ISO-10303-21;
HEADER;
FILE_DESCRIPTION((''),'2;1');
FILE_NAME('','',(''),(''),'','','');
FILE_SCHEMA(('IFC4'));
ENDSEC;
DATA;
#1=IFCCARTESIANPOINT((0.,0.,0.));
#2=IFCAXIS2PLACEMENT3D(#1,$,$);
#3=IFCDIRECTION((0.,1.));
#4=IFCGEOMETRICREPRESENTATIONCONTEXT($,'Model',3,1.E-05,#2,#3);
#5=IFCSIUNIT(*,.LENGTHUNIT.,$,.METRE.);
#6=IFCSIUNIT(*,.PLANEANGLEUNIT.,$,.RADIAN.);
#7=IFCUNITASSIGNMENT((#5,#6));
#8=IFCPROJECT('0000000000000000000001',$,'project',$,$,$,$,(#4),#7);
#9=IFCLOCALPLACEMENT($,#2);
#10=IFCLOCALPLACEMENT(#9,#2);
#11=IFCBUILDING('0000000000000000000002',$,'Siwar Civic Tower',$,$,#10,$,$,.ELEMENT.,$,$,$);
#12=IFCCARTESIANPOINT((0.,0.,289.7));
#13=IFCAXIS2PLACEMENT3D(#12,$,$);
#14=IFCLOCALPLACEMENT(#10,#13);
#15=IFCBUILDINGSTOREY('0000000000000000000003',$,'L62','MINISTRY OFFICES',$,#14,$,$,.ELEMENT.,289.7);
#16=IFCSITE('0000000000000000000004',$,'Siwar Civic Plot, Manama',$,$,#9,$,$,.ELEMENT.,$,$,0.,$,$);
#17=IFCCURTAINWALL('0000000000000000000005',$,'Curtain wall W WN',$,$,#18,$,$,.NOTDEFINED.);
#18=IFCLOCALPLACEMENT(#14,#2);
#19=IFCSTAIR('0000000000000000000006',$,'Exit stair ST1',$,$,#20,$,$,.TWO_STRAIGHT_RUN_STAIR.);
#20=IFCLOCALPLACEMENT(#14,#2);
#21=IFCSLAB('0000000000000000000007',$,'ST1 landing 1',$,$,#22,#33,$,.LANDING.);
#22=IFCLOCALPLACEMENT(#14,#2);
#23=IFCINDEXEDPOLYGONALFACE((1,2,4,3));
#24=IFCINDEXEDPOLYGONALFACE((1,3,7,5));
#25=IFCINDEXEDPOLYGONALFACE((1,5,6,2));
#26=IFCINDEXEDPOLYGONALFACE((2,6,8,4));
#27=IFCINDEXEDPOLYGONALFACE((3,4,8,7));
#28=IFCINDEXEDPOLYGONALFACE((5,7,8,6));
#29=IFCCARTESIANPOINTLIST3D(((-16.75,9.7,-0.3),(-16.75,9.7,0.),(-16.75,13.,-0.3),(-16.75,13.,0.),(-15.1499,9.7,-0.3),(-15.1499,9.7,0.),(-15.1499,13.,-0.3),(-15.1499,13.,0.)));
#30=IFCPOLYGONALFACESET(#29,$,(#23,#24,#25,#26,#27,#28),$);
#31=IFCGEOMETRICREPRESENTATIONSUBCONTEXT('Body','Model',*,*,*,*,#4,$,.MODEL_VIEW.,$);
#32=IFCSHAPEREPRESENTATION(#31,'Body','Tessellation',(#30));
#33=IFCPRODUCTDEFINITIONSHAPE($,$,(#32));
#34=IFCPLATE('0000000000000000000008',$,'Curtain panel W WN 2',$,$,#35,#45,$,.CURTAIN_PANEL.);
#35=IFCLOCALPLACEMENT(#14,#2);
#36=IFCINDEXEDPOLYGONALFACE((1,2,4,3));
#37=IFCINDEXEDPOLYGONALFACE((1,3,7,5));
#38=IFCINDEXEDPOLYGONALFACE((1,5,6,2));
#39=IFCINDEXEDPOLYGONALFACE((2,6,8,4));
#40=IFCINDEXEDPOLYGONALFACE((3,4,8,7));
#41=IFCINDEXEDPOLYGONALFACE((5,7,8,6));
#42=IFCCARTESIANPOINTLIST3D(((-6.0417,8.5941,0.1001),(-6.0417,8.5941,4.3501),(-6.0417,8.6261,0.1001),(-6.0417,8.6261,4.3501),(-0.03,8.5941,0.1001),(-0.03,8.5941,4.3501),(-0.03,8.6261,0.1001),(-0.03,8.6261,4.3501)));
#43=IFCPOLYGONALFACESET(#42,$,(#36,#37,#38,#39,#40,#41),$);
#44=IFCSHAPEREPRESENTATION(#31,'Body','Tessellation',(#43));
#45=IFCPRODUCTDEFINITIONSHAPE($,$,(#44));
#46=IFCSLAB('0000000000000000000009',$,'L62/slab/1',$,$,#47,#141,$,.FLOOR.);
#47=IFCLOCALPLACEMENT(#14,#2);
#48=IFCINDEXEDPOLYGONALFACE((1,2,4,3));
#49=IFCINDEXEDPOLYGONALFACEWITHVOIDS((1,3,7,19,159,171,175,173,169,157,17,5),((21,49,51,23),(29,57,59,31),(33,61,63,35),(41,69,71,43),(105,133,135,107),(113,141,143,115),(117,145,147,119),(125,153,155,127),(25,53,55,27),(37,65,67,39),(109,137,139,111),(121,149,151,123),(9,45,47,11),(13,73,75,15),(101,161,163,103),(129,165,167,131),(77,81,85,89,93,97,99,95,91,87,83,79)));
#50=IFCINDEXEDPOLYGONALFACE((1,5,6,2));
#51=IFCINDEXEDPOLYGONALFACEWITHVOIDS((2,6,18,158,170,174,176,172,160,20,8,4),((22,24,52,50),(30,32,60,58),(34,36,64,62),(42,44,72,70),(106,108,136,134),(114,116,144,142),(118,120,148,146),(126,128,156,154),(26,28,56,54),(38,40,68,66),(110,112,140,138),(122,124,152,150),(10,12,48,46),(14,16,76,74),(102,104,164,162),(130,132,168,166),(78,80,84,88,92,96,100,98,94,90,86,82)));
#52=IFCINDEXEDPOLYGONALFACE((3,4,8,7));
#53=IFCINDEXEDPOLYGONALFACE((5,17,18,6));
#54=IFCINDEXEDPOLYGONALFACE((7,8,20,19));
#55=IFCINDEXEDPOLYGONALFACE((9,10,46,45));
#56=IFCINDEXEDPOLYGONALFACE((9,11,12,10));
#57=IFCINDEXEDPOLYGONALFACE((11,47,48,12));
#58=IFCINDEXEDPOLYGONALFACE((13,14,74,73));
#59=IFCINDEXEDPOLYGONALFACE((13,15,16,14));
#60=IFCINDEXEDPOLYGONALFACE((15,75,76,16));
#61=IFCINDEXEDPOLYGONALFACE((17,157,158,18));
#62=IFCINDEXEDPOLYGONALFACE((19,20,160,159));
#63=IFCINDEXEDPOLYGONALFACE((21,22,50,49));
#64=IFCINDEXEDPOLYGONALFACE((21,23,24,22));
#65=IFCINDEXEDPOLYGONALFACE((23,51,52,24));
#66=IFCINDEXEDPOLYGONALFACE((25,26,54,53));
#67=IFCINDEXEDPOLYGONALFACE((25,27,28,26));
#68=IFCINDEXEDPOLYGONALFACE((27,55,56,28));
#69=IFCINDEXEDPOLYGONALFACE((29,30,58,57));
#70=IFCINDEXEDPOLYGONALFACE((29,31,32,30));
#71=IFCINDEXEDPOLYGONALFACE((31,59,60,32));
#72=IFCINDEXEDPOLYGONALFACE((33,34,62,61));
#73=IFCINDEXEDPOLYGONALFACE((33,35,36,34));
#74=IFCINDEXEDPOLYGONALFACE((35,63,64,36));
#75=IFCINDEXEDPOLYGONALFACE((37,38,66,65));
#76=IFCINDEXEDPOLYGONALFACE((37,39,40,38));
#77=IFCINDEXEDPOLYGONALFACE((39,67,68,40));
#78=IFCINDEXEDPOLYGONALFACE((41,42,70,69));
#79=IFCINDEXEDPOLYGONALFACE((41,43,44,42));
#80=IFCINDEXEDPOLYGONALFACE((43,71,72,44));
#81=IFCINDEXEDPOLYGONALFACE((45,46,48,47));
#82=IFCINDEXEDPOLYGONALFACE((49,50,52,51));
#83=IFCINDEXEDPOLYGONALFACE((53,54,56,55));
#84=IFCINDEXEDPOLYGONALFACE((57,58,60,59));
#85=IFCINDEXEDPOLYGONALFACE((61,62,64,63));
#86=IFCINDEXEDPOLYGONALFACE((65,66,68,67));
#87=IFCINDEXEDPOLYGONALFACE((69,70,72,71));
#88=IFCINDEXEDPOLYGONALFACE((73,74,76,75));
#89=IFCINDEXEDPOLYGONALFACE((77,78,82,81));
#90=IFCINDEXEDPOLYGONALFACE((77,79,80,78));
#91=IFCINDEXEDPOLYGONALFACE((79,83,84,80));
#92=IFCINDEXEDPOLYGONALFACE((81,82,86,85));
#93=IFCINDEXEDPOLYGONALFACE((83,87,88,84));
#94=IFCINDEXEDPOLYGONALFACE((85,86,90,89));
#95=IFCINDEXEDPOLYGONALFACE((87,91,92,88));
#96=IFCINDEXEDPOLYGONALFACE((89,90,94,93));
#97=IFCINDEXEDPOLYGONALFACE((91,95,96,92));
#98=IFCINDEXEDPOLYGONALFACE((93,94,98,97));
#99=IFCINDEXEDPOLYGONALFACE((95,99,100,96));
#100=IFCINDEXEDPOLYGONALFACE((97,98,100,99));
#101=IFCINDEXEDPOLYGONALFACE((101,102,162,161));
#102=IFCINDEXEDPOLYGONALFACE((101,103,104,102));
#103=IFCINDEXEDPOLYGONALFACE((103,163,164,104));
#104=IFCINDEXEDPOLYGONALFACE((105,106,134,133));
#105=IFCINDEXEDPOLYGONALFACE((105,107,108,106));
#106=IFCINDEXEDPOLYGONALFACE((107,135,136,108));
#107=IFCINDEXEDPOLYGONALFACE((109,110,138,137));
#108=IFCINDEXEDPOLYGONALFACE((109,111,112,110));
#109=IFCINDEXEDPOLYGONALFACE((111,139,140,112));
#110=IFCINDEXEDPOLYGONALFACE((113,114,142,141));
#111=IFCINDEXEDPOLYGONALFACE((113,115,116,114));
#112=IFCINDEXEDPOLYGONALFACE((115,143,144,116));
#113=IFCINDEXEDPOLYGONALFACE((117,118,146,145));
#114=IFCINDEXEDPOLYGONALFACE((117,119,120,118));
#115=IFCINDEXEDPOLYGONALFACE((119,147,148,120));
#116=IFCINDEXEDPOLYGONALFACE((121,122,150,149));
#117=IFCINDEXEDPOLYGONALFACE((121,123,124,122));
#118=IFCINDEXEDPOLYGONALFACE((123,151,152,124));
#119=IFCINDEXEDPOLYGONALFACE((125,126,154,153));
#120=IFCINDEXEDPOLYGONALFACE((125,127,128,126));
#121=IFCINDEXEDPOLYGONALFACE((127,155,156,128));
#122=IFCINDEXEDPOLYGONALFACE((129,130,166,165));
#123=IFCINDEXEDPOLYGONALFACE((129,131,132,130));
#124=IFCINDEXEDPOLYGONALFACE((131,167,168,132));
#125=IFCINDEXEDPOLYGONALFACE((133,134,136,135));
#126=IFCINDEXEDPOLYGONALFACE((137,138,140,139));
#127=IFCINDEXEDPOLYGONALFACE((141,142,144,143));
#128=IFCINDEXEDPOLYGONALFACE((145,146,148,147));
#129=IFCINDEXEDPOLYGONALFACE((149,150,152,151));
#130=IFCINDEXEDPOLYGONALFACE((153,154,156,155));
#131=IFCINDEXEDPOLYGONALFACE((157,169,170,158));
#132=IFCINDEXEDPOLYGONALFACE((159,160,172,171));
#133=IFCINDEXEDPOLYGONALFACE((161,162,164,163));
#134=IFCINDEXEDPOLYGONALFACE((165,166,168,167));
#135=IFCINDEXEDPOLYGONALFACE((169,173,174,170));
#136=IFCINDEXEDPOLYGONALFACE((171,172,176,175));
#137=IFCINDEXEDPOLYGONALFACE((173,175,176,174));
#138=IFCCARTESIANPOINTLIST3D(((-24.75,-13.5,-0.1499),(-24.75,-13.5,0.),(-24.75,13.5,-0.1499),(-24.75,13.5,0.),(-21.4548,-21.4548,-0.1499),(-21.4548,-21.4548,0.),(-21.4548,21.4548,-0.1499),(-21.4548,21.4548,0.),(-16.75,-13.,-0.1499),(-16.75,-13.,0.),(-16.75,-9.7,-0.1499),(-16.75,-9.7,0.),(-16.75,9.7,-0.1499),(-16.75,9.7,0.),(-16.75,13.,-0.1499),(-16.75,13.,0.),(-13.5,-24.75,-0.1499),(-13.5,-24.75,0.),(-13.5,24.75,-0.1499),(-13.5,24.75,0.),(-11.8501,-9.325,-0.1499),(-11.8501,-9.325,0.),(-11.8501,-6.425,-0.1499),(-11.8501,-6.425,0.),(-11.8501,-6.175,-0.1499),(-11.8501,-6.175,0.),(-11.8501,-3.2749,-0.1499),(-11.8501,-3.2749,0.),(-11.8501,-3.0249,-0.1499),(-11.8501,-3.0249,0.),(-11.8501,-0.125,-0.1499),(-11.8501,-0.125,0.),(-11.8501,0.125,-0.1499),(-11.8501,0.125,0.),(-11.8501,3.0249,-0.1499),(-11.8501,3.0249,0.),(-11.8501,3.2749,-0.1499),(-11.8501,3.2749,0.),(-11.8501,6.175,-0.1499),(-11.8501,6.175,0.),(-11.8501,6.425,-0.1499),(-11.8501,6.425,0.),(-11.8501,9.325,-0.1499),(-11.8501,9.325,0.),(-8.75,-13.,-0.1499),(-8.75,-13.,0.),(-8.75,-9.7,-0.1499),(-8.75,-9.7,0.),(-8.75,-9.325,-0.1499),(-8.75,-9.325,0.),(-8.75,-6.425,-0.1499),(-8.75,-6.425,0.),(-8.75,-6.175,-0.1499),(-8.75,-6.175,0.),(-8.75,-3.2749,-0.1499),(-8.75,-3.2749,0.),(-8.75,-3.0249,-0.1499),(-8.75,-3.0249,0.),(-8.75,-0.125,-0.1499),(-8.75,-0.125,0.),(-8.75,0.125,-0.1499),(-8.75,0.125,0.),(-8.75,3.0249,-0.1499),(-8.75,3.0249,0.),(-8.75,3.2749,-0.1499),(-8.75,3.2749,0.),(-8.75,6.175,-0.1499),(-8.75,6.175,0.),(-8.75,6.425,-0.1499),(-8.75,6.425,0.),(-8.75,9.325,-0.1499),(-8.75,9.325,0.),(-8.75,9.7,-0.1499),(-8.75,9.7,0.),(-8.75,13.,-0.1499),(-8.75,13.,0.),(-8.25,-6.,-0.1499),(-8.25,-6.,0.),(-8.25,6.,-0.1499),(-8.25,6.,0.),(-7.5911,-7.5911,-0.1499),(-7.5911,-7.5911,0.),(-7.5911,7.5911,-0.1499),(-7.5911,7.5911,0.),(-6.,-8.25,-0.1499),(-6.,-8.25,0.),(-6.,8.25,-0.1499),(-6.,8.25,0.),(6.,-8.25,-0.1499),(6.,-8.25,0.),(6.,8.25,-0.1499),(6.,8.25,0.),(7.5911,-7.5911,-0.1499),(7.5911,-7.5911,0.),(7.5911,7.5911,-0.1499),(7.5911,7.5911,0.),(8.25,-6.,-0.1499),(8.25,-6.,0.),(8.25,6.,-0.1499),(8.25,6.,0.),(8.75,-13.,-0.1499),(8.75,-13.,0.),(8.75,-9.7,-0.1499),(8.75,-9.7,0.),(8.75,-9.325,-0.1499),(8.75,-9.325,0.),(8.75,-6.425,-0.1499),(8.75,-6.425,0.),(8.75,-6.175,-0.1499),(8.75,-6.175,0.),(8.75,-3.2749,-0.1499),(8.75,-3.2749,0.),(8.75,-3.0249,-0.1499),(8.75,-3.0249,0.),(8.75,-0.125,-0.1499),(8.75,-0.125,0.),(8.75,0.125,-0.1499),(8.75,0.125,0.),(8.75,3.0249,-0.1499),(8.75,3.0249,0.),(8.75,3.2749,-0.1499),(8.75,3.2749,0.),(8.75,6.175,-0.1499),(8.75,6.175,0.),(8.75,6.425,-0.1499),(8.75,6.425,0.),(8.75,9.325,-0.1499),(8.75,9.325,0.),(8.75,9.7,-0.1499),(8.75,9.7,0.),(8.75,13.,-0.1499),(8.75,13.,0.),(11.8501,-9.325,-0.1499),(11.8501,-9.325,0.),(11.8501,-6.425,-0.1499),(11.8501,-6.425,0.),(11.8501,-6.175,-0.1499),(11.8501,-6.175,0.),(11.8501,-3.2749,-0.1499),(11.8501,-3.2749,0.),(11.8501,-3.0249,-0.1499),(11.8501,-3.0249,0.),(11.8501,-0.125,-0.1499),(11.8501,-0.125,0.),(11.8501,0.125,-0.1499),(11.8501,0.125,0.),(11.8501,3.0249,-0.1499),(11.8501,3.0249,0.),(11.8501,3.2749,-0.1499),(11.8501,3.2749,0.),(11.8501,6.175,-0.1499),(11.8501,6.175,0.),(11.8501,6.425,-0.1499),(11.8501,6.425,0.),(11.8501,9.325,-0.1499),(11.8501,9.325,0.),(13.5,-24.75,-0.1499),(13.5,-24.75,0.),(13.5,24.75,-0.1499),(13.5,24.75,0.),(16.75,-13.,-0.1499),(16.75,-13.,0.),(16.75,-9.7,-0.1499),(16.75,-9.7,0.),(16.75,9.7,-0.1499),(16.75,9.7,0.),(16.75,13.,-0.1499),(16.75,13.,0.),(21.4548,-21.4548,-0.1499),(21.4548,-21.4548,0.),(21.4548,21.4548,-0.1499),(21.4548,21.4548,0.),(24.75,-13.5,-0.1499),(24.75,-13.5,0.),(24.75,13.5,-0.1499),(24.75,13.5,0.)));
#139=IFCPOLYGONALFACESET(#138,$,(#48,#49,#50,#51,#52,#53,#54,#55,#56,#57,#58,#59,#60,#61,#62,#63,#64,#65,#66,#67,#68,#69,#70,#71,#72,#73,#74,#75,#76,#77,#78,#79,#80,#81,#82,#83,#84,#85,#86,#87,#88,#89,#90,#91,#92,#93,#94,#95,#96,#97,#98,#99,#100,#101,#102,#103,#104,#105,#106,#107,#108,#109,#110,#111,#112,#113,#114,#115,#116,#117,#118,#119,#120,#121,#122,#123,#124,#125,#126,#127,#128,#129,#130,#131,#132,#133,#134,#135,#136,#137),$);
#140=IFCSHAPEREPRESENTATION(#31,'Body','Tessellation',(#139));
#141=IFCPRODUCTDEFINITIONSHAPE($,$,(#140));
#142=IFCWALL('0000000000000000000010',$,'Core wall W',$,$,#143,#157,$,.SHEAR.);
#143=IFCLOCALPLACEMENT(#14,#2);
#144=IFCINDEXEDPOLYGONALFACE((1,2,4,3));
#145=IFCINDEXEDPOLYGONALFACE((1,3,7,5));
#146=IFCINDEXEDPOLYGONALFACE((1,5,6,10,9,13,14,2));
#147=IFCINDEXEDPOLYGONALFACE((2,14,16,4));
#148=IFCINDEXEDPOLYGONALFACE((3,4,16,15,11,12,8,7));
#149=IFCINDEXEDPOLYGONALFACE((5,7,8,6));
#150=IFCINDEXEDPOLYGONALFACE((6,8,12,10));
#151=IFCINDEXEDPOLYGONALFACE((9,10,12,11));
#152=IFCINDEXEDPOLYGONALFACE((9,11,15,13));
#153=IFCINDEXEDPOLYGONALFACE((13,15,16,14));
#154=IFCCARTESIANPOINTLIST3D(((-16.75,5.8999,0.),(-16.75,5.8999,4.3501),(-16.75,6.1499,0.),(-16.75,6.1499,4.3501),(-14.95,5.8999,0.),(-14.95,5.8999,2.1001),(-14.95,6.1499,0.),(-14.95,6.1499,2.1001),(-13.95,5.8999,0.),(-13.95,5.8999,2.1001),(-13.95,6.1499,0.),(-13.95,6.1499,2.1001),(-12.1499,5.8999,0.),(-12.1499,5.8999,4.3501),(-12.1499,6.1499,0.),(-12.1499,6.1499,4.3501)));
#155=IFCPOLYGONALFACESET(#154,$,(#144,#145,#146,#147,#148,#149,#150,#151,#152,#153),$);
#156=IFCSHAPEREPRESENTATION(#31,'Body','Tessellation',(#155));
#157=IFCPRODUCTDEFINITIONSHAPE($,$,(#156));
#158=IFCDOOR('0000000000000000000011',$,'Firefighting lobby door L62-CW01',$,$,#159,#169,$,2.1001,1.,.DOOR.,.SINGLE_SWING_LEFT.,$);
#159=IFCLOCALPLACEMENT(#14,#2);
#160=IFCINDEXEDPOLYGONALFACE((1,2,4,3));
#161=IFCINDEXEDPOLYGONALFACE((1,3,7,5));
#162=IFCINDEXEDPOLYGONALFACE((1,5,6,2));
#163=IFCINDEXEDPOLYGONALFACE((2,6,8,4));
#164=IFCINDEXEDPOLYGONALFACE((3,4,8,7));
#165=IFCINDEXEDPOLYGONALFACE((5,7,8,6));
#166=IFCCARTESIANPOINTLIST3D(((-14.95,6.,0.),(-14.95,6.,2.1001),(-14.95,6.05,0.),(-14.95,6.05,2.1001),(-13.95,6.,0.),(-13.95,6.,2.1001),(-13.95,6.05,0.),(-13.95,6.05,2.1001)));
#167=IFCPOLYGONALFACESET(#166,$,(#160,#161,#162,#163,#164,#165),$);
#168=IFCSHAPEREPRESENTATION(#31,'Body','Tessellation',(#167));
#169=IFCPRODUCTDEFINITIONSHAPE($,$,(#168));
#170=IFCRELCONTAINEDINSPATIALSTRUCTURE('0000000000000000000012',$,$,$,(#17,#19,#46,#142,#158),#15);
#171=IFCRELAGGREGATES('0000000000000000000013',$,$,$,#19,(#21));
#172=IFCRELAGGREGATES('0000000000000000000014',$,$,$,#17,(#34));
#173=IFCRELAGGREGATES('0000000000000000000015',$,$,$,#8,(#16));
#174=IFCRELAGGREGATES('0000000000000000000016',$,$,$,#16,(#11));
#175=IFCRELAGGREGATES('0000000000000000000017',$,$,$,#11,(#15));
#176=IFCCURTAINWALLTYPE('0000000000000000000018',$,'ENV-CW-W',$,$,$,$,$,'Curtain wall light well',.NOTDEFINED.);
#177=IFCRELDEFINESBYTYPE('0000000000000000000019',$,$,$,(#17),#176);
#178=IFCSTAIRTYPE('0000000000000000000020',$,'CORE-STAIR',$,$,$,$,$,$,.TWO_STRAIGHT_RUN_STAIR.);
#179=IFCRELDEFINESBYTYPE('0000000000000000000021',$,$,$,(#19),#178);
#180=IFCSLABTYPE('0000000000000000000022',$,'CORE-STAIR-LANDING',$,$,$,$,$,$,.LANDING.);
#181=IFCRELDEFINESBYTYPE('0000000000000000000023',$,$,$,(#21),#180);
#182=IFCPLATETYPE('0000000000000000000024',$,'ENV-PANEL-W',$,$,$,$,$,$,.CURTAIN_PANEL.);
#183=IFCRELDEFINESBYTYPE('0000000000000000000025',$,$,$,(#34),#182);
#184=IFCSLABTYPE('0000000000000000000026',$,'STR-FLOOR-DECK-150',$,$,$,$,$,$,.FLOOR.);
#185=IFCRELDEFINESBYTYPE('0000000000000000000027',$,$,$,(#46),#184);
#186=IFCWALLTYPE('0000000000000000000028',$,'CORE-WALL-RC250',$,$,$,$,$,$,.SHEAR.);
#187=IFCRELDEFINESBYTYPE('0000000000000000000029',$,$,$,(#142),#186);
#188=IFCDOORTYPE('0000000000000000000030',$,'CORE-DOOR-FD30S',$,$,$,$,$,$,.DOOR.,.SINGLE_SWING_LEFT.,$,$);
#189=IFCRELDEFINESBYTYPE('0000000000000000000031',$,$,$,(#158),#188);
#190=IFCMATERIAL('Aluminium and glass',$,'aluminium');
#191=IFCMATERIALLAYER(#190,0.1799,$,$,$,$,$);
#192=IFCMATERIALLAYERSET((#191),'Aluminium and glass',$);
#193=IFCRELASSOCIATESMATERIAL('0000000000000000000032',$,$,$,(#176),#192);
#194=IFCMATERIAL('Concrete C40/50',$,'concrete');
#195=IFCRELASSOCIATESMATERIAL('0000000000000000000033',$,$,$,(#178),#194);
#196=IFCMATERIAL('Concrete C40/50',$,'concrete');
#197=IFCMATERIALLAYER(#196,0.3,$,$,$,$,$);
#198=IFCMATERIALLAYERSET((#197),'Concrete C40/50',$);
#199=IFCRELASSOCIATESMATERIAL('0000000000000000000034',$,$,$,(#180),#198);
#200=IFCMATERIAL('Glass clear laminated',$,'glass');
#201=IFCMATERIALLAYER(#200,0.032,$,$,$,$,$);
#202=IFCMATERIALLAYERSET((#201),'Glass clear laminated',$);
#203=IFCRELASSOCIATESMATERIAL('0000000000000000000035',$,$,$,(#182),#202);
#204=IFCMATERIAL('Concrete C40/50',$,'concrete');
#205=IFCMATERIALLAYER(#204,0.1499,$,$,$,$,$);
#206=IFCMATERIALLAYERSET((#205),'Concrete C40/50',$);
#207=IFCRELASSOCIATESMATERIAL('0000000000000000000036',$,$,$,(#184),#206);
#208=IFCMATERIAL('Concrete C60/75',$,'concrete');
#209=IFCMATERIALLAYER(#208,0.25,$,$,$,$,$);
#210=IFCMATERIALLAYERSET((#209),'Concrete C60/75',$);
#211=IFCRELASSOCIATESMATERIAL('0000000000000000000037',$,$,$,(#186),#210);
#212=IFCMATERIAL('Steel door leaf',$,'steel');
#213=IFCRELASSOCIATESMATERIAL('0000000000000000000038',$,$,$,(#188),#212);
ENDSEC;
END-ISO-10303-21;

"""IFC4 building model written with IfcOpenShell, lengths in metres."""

from ifc_helpers import new_model, si_unit, direction, frame, frame_2d, origin, origin_2d, place, context, subcontext, project, spatial, polyline, rectangle, outline, extrude, material, layer, layer_set, type_object, element, fill, aggregate, save


model = new_model("IFC4")

# Units and contexts
model_context = context("Model", 3, precision=1e-05, world=origin(), true_north=direction((0.0, 1.0)))
body_context = subcontext(model_context, "Body", "Model", "MODEL_VIEW")
ifc_project = project(units=[si_unit("LENGTHUNIT", "METRE"), si_unit("PLANEANGLEUNIT", "RADIAN")], contexts=[model_context])

# Site, building, storey
site_placement = place(None, origin())
site = spatial("IfcSite", under=ifc_project, at=site_placement, Name="Siwar Civic Plot, Manama", CompositionType="ELEMENT", RefElevation=0.0)
building_placement = place(site_placement, origin())
building = spatial("IfcBuilding", under=site, at=building_placement, Name="Siwar Civic Tower", CompositionType="ELEMENT")
storey_placement = place(building_placement, frame((0.0, 0.0, 289.7)))
storey = spatial("IfcBuildingStorey", under=building, at=storey_placement, Name="L62", Description="MINISTRY OFFICES", CompositionType="ELEMENT", Elevation=289.7)

# Curtain wall
ifc_material_1 = material(Name="Aluminium and glass", Category="aluminium")
ifc_layer_1 = layer(ifc_material_1, 0.1799)
ifc_layer_set_1 = layer_set([ifc_layer_1], Name="Aluminium and glass")
curtain_wall_type = type_object("IfcCurtainWallType", Name="ENV-CW-W", ElementType="Curtain wall light well", PredefinedType="NOTDEFINED", material=ifc_layer_set_1)
curtain_wall_placement = place(storey_placement, origin())
curtain_wall = element("IfcCurtainWall", 1, at=curtain_wall_placement, inside=storey, type_object=curtain_wall_type, Name="Curtain wall W WN", PredefinedType="NOTDEFINED")

# Stair, slab
ifc_material_2 = material(Name="Concrete C40/50", Category="concrete")
stair_type = type_object("IfcStairType", Name="CORE-STAIR", PredefinedType="TWO_STRAIGHT_RUN_STAIR", material=ifc_material_2)
stair_placement = place(storey_placement, origin())
stair = element("IfcStair", 2, at=stair_placement, inside=storey, type_object=stair_type, Name="Exit stair ST1", PredefinedType="TWO_STRAIGHT_RUN_STAIR")
ifc_material_3 = material(Name="Concrete C40/50", Category="concrete")
ifc_layer_2 = layer(ifc_material_3, 0.3)
ifc_layer_set_2 = layer_set([ifc_layer_2], Name="Concrete C40/50")
slab_type_1 = type_object("IfcSlabType", Name="CORE-STAIR-LANDING", PredefinedType="LANDING", material=ifc_layer_set_2)
slab_1_placement = place(storey_placement, frame((0.0, 0.0, -0.3)))
slab_1 = element("IfcSlab", 3, at=slab_1_placement, type_object=slab_type_1, Name="ST1 landing 1", PredefinedType="LANDING", context=body_context, shape_type="SweptSolid", body=[
    extrude(outline(polyline([(-15.1499, 13.0), (-16.75, 13.0), (-16.75, 9.7), (-15.1499, 9.7), (-15.1499, 13.0)])), origin(), (0.0, 0.0, 1.0), 0.3),
])
aggregate(stair, [slab_1])

# Plate
ifc_material_4 = material(Name="Glass clear laminated", Category="glass")
ifc_layer_3 = layer(ifc_material_4, 0.032)
ifc_layer_set_3 = layer_set([ifc_layer_3], Name="Glass clear laminated")
plate_type = type_object("IfcPlateType", Name="ENV-PANEL-W", PredefinedType="CURTAIN_PANEL", material=ifc_layer_set_3)
plate_placement = place(storey_placement, frame((-3.0359, 8.6101, 0.1001), z_axis=(0.0, 0.0, 1.0), x_axis=(-1.0, 0.0, 0.0)))
plate = element("IfcPlate", 4, at=plate_placement, type_object=plate_type, Name="Curtain panel W WN 2", PredefinedType="CURTAIN_PANEL", context=body_context, shape_type="SweptSolid", body=[
    extrude(rectangle(XDim=6.0117, YDim=0.032, at=origin_2d()), origin(), (0.0, 0.0, 1.0), 4.25),
])
aggregate(curtain_wall, [plate])

# Slab
ifc_material_5 = material(Name="Concrete C40/50", Category="concrete")
ifc_layer_4 = layer(ifc_material_5, 0.1499)
ifc_layer_set_4 = layer_set([ifc_layer_4], Name="Concrete C40/50")
slab_type_2 = type_object("IfcSlabType", Name="STR-FLOOR-DECK-150", PredefinedType="FLOOR", material=ifc_layer_set_4)
slab_2_placement = place(storey_placement, frame((0.0, 0.0, -0.1499)))
element("IfcSlab", 5, at=slab_2_placement, inside=storey, type_object=slab_type_2, Name="L62/slab/1", PredefinedType="FLOOR", context=body_context, shape_type="SweptSolid", body=[
    extrude(outline(polyline([(-13.5, -24.75), (13.5, -24.75), (21.4548, -21.4548), (24.75, -13.5), (24.75, 13.5), (21.4548, 21.4548), (13.5, 24.75), (-13.5, 24.75), (-21.4548, 21.4548), (-24.75, 13.5), (-24.75, -13.5), (-21.4548, -21.4548), (-13.5, -24.75)]), holes=[polyline([(16.75, 13.0), (16.75, 9.7), (8.75, 9.7), (8.75, 13.0), (16.75, 13.0)]), polyline([(8.75, -9.7), (16.75, -9.7), (16.75, -13.0), (8.75, -13.0), (8.75, -9.7)]), polyline([(11.8501, 9.325), (11.8501, 6.425), (8.75, 6.425), (8.75, 9.325), (11.8501, 9.325)]), polyline([(8.75, 6.175), (11.8501, 6.175), (11.8501, 3.2749), (8.75, 3.2749), (8.75, 6.175)]), polyline([(8.75, 3.0249), (11.8501, 3.0249), (11.8501, 0.125), (8.75, 0.125), (8.75, 3.0249)]), polyline([(8.75, -0.125), (11.8501, -0.125), (11.8501, -3.0249), (8.75, -3.0249), (8.75, -0.125)]), polyline([(8.75, -3.2749), (11.8501, -3.2749), (11.8501, -6.175), (8.75, -6.175), (8.75, -3.2749)]), polyline([(8.75, -6.425), (11.8501, -6.425), (11.8501, -9.325), (8.75, -9.325), (8.75, -6.425)]), polyline([(-6.0, 8.25), (6.0, 8.25), (7.5911, 7.5911), (8.25, 6.0), (8.25, -6.0), (7.5911, -7.5911), (6.0, -8.25), (-6.0, -8.25), (-7.5911, -7.5911), (-8.25, -6.0), (-8.25, 6.0), (-7.5911, 7.5911), (-6.0, 8.25)]), polyline([(-8.75, -13.0), (-16.75, -13.0), (-16.75, -9.7), (-8.75, -9.7), (-8.75, -13.0)]), polyline([(-8.75, 9.7), (-16.75, 9.7), (-16.75, 13.0), (-8.75, 13.0), (-8.75, 9.7)]), polyline([(-8.75, 6.425), (-11.8501, 6.425), (-11.8501, 9.325), (-8.75, 9.325), (-8.75, 6.425)]), polyline([(-8.75, 3.2749), (-11.8501, 3.2749), (-11.8501, 6.175), (-8.75, 6.175), (-8.75, 3.2749)]), polyline([(-8.75, 0.125), (-11.8501, 0.125), (-11.8501, 3.0249), (-8.75, 3.0249), (-8.75, 0.125)]), polyline([(-8.75, -3.0249), (-11.8501, -3.0249), (-11.8501, -0.125), (-8.75, -0.125), (-8.75, -3.0249)]), polyline([(-8.75, -6.175), (-11.8501, -6.175), (-11.8501, -3.2749), (-8.75, -3.2749), (-8.75, -6.175)]), polyline([(-8.75, -9.325), (-11.8501, -9.325), (-11.8501, -6.425), (-8.75, -6.425), (-8.75, -9.325)])]), origin(), (0.0, 0.0, 1.0), 0.1499),
])

# Wall, opening, door
ifc_material_6 = material(Name="Concrete C60/75", Category="concrete")
ifc_layer_5 = layer(ifc_material_6, 0.25)
ifc_layer_set_5 = layer_set([ifc_layer_5], Name="Concrete C60/75")
wall_type_1 = type_object("IfcWallType", Name="CORE-WALL-RC250", PredefinedType="SHEAR", material=ifc_layer_set_5)
wall_1_placement = place(storey_placement, frame((-12.1499, 6.0249, 0.0), z_axis=(0.0, 0.0, 1.0), x_axis=(-1.0, 0.0, 0.0)))
wall_1 = element("IfcWall", 6, at=wall_1_placement, inside=storey, type_object=wall_type_1, Name="Core wall W", PredefinedType="SHEAR", context=body_context, shape_type="SweptSolid", body=[
    extrude(rectangle(XDim=4.6001, YDim=0.25, at=frame_2d((2.3, 0.0))), origin(), (0.0, 0.0, 1.0), 4.3501),
])
opening_1_placement = place(wall_1_placement, frame((1.8, 0.0, 0.0)))
opening_1 = element("IfcOpeningElement", 7, at=opening_1_placement, cuts=wall_1, PredefinedType="OPENING", context=body_context, shape_type="SweptSolid", body=[
    extrude(rectangle(XDim=1.0, YDim=2.1001, at=frame_2d((0.5, 1.05))), frame((0.0, 0.135, 0.0), z_axis=(0.0, -1.0, 0.0), x_axis=(1.0, 0.0, 0.0)), (0.0, 0.0, 1.0), 0.27),
])
ifc_material_7 = material(Name="Steel door leaf", Category="steel")
door_type_1 = type_object("IfcDoorType", Name="CORE-DOOR-FD30S", OperationType="SINGLE_SWING_LEFT", PredefinedType="DOOR", material=ifc_material_7)
door_1_placement = place(opening_1_placement, origin())
door_1 = element("IfcDoor", 8, at=door_1_placement, inside=storey, type_object=door_type_1, Name="Firefighting lobby door L62-CW01", OperationType="SINGLE_SWING_LEFT", OverallHeight=2.1001, OverallWidth=1.0, PredefinedType="DOOR", context=body_context, shape_type="SweptSolid", body=[
    extrude(rectangle(XDim=1.0, YDim=2.1001, at=frame_2d((0.5, 1.05))), frame((0.0, 0.0249, 0.0), z_axis=(0.0, -1.0, 0.0), x_axis=(1.0, 0.0, 0.0)), (0.0, 0.0, 1.0), 0.05),
])
fill(opening_1, door_1)

save(model, "model.ifc")
